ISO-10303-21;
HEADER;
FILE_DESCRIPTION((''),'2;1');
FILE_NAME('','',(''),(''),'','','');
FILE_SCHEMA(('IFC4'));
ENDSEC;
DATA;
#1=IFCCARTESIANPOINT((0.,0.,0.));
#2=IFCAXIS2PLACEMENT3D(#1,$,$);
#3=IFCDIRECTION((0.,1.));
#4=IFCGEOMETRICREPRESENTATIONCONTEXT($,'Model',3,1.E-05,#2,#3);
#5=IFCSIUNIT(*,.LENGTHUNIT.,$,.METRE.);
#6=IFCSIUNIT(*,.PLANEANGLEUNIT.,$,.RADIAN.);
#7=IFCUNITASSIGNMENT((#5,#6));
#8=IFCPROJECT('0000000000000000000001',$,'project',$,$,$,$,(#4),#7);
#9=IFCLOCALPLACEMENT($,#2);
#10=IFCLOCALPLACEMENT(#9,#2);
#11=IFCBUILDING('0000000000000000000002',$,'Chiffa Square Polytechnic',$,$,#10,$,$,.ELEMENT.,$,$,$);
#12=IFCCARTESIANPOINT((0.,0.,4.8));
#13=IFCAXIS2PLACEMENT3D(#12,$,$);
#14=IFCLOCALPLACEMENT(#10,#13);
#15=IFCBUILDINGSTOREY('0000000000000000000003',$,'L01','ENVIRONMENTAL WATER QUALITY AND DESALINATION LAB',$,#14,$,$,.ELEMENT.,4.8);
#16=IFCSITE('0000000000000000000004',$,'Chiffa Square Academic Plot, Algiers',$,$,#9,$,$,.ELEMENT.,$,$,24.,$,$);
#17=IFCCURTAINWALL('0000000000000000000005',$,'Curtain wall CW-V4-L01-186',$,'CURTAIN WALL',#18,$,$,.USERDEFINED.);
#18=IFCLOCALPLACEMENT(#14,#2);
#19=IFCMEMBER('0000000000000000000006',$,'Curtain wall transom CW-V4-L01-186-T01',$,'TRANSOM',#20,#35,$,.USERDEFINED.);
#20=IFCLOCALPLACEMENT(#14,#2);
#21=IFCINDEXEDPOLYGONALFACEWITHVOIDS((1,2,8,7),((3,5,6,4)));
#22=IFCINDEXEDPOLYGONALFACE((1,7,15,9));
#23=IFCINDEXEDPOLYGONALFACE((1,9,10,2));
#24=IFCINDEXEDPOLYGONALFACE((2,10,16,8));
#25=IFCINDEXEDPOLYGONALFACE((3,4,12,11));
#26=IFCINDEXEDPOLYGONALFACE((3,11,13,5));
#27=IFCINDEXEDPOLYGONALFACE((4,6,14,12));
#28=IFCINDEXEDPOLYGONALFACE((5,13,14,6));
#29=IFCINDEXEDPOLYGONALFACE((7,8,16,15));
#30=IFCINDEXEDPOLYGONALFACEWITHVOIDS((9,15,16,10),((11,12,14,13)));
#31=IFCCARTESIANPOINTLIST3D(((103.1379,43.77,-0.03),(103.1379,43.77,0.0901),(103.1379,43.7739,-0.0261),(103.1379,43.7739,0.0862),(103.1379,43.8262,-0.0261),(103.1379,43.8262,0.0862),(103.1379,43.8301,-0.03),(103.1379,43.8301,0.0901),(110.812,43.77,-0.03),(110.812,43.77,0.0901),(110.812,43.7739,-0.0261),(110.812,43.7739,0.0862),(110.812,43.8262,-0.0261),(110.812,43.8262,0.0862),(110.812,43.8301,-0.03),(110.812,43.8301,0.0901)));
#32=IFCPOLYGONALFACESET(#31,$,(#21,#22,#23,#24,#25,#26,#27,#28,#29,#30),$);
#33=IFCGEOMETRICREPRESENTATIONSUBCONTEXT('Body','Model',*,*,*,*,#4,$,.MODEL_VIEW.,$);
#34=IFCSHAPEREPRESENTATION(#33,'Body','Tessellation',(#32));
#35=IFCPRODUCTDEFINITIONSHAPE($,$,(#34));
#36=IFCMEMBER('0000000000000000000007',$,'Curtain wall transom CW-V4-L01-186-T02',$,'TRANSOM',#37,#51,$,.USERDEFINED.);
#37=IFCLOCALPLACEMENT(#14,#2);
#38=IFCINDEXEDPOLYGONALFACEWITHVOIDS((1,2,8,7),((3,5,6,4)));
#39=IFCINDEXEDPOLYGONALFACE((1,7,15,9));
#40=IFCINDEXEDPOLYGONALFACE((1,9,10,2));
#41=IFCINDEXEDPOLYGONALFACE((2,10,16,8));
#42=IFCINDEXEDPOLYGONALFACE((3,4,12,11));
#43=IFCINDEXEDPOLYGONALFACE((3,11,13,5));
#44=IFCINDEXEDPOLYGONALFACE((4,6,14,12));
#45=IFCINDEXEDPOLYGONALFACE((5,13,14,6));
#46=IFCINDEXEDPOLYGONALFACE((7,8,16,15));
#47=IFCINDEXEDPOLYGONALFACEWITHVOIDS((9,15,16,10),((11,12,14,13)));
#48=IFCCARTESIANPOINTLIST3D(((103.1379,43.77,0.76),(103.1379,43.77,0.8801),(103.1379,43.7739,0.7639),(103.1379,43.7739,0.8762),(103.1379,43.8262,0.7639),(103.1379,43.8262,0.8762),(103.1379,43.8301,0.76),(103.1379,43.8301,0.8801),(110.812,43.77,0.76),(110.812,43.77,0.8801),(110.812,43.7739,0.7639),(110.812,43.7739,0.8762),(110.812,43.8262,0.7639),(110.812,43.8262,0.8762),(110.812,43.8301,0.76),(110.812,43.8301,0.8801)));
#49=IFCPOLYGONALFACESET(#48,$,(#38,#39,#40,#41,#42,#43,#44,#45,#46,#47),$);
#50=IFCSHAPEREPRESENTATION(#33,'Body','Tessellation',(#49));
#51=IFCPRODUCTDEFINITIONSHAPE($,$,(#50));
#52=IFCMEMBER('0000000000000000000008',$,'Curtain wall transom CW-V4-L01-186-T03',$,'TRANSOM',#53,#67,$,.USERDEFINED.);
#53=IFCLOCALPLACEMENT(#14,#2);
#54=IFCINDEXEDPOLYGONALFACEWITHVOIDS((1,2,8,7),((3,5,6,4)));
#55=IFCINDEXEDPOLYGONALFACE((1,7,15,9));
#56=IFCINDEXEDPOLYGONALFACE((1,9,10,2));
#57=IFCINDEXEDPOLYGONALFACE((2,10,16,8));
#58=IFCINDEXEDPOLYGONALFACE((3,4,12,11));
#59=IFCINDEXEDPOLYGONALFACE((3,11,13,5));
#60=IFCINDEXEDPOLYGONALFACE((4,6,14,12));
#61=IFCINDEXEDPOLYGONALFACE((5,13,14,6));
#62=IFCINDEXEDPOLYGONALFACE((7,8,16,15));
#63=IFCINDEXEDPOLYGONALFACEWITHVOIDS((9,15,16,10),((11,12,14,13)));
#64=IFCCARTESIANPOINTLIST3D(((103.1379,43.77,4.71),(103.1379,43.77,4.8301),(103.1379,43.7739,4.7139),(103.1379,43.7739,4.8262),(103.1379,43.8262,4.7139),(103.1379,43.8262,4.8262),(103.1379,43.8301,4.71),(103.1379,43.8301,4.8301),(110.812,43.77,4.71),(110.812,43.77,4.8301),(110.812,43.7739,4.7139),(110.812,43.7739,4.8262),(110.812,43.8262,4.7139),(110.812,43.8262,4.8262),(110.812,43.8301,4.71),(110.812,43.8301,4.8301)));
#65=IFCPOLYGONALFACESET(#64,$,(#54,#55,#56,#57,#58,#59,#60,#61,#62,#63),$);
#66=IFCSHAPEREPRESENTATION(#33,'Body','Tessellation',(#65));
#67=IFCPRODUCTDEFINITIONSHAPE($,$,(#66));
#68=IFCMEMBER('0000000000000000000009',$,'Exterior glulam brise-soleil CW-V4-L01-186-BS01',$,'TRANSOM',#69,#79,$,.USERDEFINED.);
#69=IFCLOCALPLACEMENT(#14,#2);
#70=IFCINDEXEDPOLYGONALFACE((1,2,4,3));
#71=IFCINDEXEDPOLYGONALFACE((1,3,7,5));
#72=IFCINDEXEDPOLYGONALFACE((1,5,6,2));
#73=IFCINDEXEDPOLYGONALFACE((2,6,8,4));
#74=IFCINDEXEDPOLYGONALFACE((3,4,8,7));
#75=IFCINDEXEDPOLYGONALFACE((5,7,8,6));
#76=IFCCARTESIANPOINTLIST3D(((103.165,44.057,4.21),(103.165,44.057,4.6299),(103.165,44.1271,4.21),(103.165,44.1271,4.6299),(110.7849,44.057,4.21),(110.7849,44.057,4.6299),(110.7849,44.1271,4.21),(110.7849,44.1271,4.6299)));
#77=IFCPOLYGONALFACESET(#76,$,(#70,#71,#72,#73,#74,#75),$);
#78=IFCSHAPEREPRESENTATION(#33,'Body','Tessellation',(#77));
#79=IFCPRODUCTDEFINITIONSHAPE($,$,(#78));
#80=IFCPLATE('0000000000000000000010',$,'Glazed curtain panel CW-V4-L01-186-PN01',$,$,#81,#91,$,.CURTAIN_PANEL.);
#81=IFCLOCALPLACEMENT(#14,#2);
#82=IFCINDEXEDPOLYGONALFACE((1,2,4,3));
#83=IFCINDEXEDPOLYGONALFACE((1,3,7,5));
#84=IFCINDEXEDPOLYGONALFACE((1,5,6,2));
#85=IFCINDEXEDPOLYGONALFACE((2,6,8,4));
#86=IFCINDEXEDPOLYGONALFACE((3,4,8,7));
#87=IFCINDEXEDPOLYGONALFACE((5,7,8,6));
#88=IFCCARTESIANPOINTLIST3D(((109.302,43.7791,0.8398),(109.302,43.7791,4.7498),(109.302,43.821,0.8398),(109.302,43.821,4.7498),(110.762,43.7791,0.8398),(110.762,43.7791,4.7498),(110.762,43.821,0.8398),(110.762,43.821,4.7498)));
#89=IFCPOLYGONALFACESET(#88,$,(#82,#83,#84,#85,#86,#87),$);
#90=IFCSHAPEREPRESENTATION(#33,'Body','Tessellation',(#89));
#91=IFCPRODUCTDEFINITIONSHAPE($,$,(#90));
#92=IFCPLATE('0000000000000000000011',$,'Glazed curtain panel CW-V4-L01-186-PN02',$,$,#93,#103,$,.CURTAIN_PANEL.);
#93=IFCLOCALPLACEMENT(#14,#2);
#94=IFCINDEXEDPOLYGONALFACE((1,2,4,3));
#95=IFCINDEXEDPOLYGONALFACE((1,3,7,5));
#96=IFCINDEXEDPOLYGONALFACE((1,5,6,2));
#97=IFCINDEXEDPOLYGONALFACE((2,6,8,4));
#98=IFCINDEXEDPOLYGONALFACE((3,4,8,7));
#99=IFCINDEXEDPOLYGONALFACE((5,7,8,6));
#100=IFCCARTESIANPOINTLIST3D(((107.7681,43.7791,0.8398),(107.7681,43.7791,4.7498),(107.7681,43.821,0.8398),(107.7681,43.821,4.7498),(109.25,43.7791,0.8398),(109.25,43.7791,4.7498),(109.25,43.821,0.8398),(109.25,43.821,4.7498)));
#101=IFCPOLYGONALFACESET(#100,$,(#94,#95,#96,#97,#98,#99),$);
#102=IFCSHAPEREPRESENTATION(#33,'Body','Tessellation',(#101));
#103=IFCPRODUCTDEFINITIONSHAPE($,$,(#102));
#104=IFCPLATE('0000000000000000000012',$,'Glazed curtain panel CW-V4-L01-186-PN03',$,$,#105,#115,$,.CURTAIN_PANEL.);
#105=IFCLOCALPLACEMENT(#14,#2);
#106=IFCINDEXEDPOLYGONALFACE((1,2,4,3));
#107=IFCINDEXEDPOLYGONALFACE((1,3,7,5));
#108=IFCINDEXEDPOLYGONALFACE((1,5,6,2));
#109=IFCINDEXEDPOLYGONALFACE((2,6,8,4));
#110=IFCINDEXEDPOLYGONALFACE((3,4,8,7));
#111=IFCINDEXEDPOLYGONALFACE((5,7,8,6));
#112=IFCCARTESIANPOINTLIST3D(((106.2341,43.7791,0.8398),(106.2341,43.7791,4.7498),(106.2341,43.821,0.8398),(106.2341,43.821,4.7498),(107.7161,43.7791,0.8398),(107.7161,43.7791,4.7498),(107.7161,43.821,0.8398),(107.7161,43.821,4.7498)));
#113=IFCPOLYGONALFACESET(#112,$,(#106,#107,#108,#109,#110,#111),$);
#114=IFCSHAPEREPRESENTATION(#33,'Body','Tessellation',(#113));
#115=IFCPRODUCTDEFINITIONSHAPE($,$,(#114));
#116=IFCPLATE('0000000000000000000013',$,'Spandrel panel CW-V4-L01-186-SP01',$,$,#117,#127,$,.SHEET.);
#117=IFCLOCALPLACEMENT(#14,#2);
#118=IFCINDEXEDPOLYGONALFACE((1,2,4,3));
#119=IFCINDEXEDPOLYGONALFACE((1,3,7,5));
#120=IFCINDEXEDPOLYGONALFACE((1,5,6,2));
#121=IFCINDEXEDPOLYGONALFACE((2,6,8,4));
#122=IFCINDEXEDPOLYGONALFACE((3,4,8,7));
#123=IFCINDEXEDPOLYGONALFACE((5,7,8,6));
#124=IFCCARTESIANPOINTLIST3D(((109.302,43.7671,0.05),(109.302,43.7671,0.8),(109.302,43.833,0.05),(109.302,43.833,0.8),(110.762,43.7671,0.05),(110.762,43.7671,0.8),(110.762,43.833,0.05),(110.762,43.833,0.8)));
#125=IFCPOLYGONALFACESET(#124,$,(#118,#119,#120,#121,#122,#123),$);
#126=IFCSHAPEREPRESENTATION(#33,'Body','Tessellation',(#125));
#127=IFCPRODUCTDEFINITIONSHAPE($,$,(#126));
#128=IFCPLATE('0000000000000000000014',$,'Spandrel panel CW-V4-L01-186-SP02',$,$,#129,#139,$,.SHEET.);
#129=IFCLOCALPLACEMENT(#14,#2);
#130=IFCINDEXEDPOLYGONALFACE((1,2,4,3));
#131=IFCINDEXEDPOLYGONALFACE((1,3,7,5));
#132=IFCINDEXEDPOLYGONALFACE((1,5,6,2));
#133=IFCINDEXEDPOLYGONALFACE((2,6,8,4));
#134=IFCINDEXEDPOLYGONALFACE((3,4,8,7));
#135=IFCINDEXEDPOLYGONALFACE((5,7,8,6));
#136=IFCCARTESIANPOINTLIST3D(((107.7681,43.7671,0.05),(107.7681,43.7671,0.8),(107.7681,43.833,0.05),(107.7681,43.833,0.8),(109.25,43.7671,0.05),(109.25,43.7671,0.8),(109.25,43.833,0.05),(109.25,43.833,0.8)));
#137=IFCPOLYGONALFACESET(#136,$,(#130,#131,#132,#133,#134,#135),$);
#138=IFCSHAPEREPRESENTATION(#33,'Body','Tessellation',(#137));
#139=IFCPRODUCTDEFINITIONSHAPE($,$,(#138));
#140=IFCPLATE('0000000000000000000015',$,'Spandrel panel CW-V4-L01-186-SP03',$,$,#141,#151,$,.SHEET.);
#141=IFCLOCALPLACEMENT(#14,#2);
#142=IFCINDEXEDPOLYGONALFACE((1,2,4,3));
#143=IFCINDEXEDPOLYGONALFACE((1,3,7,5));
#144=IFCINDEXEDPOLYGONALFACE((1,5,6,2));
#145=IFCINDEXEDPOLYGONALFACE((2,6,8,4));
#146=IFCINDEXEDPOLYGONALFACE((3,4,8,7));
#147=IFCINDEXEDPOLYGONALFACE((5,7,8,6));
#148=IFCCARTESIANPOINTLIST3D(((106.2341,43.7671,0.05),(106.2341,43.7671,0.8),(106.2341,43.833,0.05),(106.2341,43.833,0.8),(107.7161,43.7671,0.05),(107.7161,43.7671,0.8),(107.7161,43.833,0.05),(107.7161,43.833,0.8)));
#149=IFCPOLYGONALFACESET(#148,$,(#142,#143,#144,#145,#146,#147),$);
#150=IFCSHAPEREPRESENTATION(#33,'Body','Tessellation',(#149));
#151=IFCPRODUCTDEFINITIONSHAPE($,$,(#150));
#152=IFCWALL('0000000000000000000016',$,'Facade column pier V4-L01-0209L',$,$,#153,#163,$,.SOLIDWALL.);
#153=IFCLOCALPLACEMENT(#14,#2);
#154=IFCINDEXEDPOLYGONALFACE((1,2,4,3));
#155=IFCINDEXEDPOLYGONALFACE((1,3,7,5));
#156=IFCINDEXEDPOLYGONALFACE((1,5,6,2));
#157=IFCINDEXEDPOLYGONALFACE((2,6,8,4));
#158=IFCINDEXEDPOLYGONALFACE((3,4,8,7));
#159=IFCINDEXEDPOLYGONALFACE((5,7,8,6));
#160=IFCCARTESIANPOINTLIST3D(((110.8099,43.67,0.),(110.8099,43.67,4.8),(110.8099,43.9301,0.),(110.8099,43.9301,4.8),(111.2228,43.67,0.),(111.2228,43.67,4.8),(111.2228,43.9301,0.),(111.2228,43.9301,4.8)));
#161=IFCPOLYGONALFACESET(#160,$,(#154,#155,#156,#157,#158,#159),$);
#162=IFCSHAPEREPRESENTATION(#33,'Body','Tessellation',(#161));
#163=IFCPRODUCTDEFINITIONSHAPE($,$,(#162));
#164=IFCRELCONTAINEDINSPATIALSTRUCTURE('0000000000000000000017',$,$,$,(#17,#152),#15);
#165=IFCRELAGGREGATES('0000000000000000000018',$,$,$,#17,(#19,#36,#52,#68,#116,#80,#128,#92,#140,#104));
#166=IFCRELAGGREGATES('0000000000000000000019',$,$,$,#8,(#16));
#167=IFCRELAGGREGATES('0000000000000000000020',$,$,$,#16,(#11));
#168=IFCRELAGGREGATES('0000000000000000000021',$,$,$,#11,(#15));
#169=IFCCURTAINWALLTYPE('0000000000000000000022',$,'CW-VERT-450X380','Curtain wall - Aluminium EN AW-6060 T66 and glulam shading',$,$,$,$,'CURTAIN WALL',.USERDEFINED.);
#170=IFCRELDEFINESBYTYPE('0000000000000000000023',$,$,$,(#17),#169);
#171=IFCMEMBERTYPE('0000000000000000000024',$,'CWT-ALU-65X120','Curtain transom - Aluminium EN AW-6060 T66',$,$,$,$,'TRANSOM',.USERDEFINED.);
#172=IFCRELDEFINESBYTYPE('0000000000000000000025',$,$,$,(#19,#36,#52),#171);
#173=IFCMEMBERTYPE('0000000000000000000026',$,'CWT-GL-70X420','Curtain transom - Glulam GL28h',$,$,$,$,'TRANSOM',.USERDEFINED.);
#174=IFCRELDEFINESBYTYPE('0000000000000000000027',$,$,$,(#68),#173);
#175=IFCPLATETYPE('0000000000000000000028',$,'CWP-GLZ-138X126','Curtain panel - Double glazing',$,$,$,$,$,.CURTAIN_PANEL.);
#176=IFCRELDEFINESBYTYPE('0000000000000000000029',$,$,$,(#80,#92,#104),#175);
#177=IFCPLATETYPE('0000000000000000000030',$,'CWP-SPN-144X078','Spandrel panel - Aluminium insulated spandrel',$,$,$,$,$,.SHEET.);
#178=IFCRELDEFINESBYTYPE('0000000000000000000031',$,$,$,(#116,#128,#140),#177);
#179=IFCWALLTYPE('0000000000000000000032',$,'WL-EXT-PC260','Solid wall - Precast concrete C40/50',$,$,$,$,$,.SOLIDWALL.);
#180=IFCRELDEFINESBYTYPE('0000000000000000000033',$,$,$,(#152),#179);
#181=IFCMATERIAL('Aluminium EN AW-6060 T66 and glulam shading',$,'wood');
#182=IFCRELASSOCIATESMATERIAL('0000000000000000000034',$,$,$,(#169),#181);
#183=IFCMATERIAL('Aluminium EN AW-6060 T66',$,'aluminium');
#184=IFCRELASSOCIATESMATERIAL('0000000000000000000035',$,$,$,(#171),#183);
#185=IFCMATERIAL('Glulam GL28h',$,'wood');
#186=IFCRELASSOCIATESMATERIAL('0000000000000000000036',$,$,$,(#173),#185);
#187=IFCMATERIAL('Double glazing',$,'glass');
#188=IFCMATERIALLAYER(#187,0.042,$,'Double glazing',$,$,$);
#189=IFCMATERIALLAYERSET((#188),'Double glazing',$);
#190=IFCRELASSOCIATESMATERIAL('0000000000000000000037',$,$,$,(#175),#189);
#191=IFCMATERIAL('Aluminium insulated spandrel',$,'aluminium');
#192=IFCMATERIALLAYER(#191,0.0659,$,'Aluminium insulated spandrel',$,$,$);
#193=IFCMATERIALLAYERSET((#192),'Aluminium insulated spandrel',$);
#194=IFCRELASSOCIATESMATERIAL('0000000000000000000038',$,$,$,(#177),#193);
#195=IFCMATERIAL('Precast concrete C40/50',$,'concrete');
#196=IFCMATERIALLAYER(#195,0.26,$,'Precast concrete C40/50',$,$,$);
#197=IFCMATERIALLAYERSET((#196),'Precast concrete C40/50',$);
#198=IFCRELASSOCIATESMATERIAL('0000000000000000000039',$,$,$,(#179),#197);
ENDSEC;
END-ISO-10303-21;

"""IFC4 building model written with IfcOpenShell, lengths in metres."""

from ifc_helpers import new_model, si_unit, direction, frame, frame_2d, origin, origin_2d, place, context, subcontext, project, spatial, rectangle, hollow_rectangle, extrude, material, layer, layer_set, material_profile, profile_set, type_object, element, aggregate, save


model = new_model("IFC4")

# Units and contexts
model_context = context("Model", 3, precision=1e-05, world=origin(), true_north=direction((0.0, 1.0)))
body_context = subcontext(model_context, "Body", "Model", "MODEL_VIEW")
ifc_project = project(units=[si_unit("LENGTHUNIT", "METRE"), si_unit("PLANEANGLEUNIT", "RADIAN")], contexts=[model_context])

# Site, building, storey
site_placement = place(None, origin())
site = spatial("IfcSite", under=ifc_project, at=site_placement, Name="Chiffa Square Academic Plot, Algiers", CompositionType="ELEMENT", RefElevation=24.0)
building_placement = place(site_placement, origin())
building = spatial("IfcBuilding", under=site, at=building_placement, Name="Chiffa Square Polytechnic", CompositionType="ELEMENT")
storey_placement = place(building_placement, frame((0.0, 0.0, 4.8)))
storey = spatial("IfcBuildingStorey", under=building, at=storey_placement, Name="L01", Description="ENVIRONMENTAL WATER QUALITY AND DESALINATION LAB", CompositionType="ELEMENT", Elevation=4.8)

# Curtain wall, members, plates
ifc_material_1 = material(Name="Aluminium EN AW-6060 T66 and glulam shading", Category="wood")
curtain_wall_type = type_object("IfcCurtainWallType", Name="CW-VERT-450X380", Description="Curtain wall - Aluminium EN AW-6060 T66 and glulam shading", ElementType="CURTAIN WALL", PredefinedType="USERDEFINED", material=ifc_material_1)
curtain_wall_placement = place(storey_placement, origin())
curtain_wall = element("IfcCurtainWall", 1, at=curtain_wall_placement, inside=storey, type_object=curtain_wall_type, Name="Curtain wall CW-V4-L01-186", ObjectType="CURTAIN WALL", PredefinedType="USERDEFINED")
ifc_material_2 = material(Name="Aluminium EN AW-6060 T66", Category="aluminium")
ifc_material_3 = material(Name="Glulam GL28h", Category="wood")
ifc_material_profile_1 = material_profile(ifc_material_2, hollow_rectangle(XDim=0.0601, YDim=0.1201, WallThickness=0.0039, at=origin_2d()), Name="ALU 60x120x4")
ifc_profile_set_1 = profile_set([ifc_material_profile_1], Name="Aluminium EN AW-6060 T66")
member_type_1 = type_object("IfcMemberType", Name="CWT-ALU-65X120", Description="Curtain transom - Aluminium EN AW-6060 T66", ElementType="TRANSOM", PredefinedType="USERDEFINED", material=ifc_profile_set_1)
member_1_placement = place(storey_placement, frame((110.812, 43.8, 0.03), z_axis=(-1.0, 0.0, 0.0), x_axis=(0.0, -1.0, 0.0)))
member_1 = element("IfcMember", 2, at=member_1_placement, type_object=member_type_1, Name="Curtain wall transom CW-V4-L01-186-T01", ObjectType="TRANSOM", PredefinedType="USERDEFINED", context=body_context, shape_type="SweptSolid", body=[
    extrude(hollow_rectangle(XDim=0.0601, YDim=0.1201, WallThickness=0.0039, at=origin_2d()), origin(), (0.0, 0.0, 1.0), 7.6741),
])
member_2_placement = place(storey_placement, frame((110.812, 43.8, 0.8201), z_axis=(-1.0, 0.0, 0.0), x_axis=(0.0, -1.0, 0.0)))
member_2 = element("IfcMember", 3, at=member_2_placement, type_object=member_type_1, Name="Curtain wall transom CW-V4-L01-186-T02", ObjectType="TRANSOM", PredefinedType="USERDEFINED", context=body_context, shape_type="SweptSolid", body=[
    extrude(hollow_rectangle(XDim=0.0601, YDim=0.1201, WallThickness=0.0039, at=origin_2d()), origin(), (0.0, 0.0, 1.0), 7.6741),
])
member_3_placement = place(storey_placement, frame((110.812, 43.8, 4.77), z_axis=(-1.0, 0.0, 0.0), x_axis=(0.0, -1.0, 0.0)))
member_3 = element("IfcMember", 4, at=member_3_placement, type_object=member_type_1, Name="Curtain wall transom CW-V4-L01-186-T03", ObjectType="TRANSOM", PredefinedType="USERDEFINED", context=body_context, shape_type="SweptSolid", body=[
    extrude(hollow_rectangle(XDim=0.0601, YDim=0.1201, WallThickness=0.0039, at=origin_2d()), origin(), (0.0, 0.0, 1.0), 7.6741),
])
ifc_material_profile_2 = material_profile(ifc_material_3, rectangle(XDim=0.0701, YDim=0.4199, at=origin_2d()), Name="GL28h 70x420")
ifc_profile_set_2 = profile_set([ifc_material_profile_2], Name="Glulam GL28h")
member_type_2 = type_object("IfcMemberType", Name="CWT-GL-70X420", Description="Curtain transom - Glulam GL28h", ElementType="TRANSOM", PredefinedType="USERDEFINED", material=ifc_profile_set_2)
member_4_placement = place(storey_placement, frame((110.7849, 44.092, 4.4199), z_axis=(-1.0, 0.0, 0.0), x_axis=(0.0, -1.0, 0.0)))
member_4 = element("IfcMember", 5, at=member_4_placement, type_object=member_type_2, Name="Exterior glulam brise-soleil CW-V4-L01-186-BS01", ObjectType="TRANSOM", PredefinedType="USERDEFINED", context=body_context, shape_type="SweptSolid", body=[
    extrude(rectangle(XDim=0.0701, YDim=0.4199, at=origin_2d()), origin(), (0.0, 0.0, 1.0), 7.6199),
])
ifc_material_4 = material(Name="Double glazing", Category="glass")
ifc_layer_1 = layer(ifc_material_4, 0.042, Name="Double glazing")
ifc_layer_set_1 = layer_set([ifc_layer_1], Name="Double glazing")
plate_type_1 = type_object("IfcPlateType", Name="CWP-GLZ-138X126", Description="Curtain panel - Double glazing", PredefinedType="CURTAIN_PANEL", material=ifc_layer_set_1)
plate_1_placement = place(storey_placement, frame((110.032, 43.8, 0.8398), z_axis=(0.0, 0.0, 1.0), x_axis=(-1.0, 0.0, 0.0)))
plate_1 = element("IfcPlate", 6, at=plate_1_placement, type_object=plate_type_1, Name="Glazed curtain panel CW-V4-L01-186-PN01", PredefinedType="CURTAIN_PANEL", context=body_context, shape_type="SweptSolid", body=[
    extrude(rectangle(XDim=1.46, YDim=0.042, at=origin_2d()), origin(), (0.0, 0.0, 1.0), 3.9099),
])
plate_2_placement = place(storey_placement, frame((108.509, 43.8, 0.8398), z_axis=(0.0, 0.0, 1.0), x_axis=(-1.0, 0.0, 0.0)))
plate_2 = element("IfcPlate", 7, at=plate_2_placement, type_object=plate_type_1, Name="Glazed curtain panel CW-V4-L01-186-PN02", PredefinedType="CURTAIN_PANEL", context=body_context, shape_type="SweptSolid", body=[
    extrude(rectangle(XDim=1.4819, YDim=0.042, at=origin_2d()), origin(), (0.0, 0.0, 1.0), 3.9099),
])
plate_3_placement = place(storey_placement, frame((106.9751, 43.8, 0.8398), z_axis=(0.0, 0.0, 1.0), x_axis=(-1.0, 0.0, 0.0)))
plate_3 = element("IfcPlate", 8, at=plate_3_placement, type_object=plate_type_1, Name="Glazed curtain panel CW-V4-L01-186-PN03", PredefinedType="CURTAIN_PANEL", context=body_context, shape_type="SweptSolid", body=[
    extrude(rectangle(XDim=1.4819, YDim=0.042, at=origin_2d()), origin(), (0.0, 0.0, 1.0), 3.9099),
])
ifc_material_5 = material(Name="Aluminium insulated spandrel", Category="aluminium")
ifc_layer_2 = layer(ifc_material_5, 0.0659, Name="Aluminium insulated spandrel")
ifc_layer_set_2 = layer_set([ifc_layer_2], Name="Aluminium insulated spandrel")
plate_type_2 = type_object("IfcPlateType", Name="CWP-SPN-144X078", Description="Spandrel panel - Aluminium insulated spandrel", PredefinedType="SHEET", material=ifc_layer_set_2)
plate_4_placement = place(storey_placement, frame((110.032, 43.8, 0.05), z_axis=(0.0, 0.0, 1.0), x_axis=(-1.0, 0.0, 0.0)))
plate_4 = element("IfcPlate", 9, at=plate_4_placement, type_object=plate_type_2, Name="Spandrel panel CW-V4-L01-186-SP01", PredefinedType="SHEET", context=body_context, shape_type="SweptSolid", body=[
    extrude(rectangle(XDim=1.46, YDim=0.0659, at=origin_2d()), origin(), (0.0, 0.0, 1.0), 0.75),
])
plate_5_placement = place(storey_placement, frame((108.509, 43.8, 0.05), z_axis=(0.0, 0.0, 1.0), x_axis=(-1.0, 0.0, 0.0)))
plate_5 = element("IfcPlate", 10, at=plate_5_placement, type_object=plate_type_2, Name="Spandrel panel CW-V4-L01-186-SP02", PredefinedType="SHEET", context=body_context, shape_type="SweptSolid", body=[
    extrude(rectangle(XDim=1.4819, YDim=0.0659, at=origin_2d()), origin(), (0.0, 0.0, 1.0), 0.75),
])
plate_6_placement = place(storey_placement, frame((106.9751, 43.8, 0.05), z_axis=(0.0, 0.0, 1.0), x_axis=(-1.0, 0.0, 0.0)))
plate_6 = element("IfcPlate", 11, at=plate_6_placement, type_object=plate_type_2, Name="Spandrel panel CW-V4-L01-186-SP03", PredefinedType="SHEET", context=body_context, shape_type="SweptSolid", body=[
    extrude(rectangle(XDim=1.4819, YDim=0.0659, at=origin_2d()), origin(), (0.0, 0.0, 1.0), 0.75),
])
aggregate(curtain_wall, [member_1, member_2, member_3, member_4, plate_4, plate_1, plate_5, plate_2, plate_6, plate_3])

# Wall
ifc_material_6 = material(Name="Precast concrete C40/50", Category="concrete")
ifc_layer_3 = layer(ifc_material_6, 0.26, Name="Precast concrete C40/50")
ifc_layer_set_3 = layer_set([ifc_layer_3], Name="Precast concrete C40/50")
wall_type_1 = type_object("IfcWallType", Name="WL-EXT-PC260", Description="Solid wall - Precast concrete C40/50", PredefinedType="SOLIDWALL", material=ifc_layer_set_3)
wall_1_placement = place(storey_placement, frame((111.2229, 43.8, 0.0), z_axis=(0.0, 0.0, 1.0), x_axis=(-1.0, 0.0, 0.0)))
element("IfcWall", 12, at=wall_1_placement, inside=storey, type_object=wall_type_1, Name="Facade column pier V4-L01-0209L", PredefinedType="SOLIDWALL", context=body_context, shape_type="SweptSolid", body=[
    extrude(rectangle(XDim=0.4128, YDim=0.26, at=frame_2d((0.2065, 0.0))), origin(), (0.0, 0.0, 1.0), 4.8),
])

save(model, "model.ifc")
